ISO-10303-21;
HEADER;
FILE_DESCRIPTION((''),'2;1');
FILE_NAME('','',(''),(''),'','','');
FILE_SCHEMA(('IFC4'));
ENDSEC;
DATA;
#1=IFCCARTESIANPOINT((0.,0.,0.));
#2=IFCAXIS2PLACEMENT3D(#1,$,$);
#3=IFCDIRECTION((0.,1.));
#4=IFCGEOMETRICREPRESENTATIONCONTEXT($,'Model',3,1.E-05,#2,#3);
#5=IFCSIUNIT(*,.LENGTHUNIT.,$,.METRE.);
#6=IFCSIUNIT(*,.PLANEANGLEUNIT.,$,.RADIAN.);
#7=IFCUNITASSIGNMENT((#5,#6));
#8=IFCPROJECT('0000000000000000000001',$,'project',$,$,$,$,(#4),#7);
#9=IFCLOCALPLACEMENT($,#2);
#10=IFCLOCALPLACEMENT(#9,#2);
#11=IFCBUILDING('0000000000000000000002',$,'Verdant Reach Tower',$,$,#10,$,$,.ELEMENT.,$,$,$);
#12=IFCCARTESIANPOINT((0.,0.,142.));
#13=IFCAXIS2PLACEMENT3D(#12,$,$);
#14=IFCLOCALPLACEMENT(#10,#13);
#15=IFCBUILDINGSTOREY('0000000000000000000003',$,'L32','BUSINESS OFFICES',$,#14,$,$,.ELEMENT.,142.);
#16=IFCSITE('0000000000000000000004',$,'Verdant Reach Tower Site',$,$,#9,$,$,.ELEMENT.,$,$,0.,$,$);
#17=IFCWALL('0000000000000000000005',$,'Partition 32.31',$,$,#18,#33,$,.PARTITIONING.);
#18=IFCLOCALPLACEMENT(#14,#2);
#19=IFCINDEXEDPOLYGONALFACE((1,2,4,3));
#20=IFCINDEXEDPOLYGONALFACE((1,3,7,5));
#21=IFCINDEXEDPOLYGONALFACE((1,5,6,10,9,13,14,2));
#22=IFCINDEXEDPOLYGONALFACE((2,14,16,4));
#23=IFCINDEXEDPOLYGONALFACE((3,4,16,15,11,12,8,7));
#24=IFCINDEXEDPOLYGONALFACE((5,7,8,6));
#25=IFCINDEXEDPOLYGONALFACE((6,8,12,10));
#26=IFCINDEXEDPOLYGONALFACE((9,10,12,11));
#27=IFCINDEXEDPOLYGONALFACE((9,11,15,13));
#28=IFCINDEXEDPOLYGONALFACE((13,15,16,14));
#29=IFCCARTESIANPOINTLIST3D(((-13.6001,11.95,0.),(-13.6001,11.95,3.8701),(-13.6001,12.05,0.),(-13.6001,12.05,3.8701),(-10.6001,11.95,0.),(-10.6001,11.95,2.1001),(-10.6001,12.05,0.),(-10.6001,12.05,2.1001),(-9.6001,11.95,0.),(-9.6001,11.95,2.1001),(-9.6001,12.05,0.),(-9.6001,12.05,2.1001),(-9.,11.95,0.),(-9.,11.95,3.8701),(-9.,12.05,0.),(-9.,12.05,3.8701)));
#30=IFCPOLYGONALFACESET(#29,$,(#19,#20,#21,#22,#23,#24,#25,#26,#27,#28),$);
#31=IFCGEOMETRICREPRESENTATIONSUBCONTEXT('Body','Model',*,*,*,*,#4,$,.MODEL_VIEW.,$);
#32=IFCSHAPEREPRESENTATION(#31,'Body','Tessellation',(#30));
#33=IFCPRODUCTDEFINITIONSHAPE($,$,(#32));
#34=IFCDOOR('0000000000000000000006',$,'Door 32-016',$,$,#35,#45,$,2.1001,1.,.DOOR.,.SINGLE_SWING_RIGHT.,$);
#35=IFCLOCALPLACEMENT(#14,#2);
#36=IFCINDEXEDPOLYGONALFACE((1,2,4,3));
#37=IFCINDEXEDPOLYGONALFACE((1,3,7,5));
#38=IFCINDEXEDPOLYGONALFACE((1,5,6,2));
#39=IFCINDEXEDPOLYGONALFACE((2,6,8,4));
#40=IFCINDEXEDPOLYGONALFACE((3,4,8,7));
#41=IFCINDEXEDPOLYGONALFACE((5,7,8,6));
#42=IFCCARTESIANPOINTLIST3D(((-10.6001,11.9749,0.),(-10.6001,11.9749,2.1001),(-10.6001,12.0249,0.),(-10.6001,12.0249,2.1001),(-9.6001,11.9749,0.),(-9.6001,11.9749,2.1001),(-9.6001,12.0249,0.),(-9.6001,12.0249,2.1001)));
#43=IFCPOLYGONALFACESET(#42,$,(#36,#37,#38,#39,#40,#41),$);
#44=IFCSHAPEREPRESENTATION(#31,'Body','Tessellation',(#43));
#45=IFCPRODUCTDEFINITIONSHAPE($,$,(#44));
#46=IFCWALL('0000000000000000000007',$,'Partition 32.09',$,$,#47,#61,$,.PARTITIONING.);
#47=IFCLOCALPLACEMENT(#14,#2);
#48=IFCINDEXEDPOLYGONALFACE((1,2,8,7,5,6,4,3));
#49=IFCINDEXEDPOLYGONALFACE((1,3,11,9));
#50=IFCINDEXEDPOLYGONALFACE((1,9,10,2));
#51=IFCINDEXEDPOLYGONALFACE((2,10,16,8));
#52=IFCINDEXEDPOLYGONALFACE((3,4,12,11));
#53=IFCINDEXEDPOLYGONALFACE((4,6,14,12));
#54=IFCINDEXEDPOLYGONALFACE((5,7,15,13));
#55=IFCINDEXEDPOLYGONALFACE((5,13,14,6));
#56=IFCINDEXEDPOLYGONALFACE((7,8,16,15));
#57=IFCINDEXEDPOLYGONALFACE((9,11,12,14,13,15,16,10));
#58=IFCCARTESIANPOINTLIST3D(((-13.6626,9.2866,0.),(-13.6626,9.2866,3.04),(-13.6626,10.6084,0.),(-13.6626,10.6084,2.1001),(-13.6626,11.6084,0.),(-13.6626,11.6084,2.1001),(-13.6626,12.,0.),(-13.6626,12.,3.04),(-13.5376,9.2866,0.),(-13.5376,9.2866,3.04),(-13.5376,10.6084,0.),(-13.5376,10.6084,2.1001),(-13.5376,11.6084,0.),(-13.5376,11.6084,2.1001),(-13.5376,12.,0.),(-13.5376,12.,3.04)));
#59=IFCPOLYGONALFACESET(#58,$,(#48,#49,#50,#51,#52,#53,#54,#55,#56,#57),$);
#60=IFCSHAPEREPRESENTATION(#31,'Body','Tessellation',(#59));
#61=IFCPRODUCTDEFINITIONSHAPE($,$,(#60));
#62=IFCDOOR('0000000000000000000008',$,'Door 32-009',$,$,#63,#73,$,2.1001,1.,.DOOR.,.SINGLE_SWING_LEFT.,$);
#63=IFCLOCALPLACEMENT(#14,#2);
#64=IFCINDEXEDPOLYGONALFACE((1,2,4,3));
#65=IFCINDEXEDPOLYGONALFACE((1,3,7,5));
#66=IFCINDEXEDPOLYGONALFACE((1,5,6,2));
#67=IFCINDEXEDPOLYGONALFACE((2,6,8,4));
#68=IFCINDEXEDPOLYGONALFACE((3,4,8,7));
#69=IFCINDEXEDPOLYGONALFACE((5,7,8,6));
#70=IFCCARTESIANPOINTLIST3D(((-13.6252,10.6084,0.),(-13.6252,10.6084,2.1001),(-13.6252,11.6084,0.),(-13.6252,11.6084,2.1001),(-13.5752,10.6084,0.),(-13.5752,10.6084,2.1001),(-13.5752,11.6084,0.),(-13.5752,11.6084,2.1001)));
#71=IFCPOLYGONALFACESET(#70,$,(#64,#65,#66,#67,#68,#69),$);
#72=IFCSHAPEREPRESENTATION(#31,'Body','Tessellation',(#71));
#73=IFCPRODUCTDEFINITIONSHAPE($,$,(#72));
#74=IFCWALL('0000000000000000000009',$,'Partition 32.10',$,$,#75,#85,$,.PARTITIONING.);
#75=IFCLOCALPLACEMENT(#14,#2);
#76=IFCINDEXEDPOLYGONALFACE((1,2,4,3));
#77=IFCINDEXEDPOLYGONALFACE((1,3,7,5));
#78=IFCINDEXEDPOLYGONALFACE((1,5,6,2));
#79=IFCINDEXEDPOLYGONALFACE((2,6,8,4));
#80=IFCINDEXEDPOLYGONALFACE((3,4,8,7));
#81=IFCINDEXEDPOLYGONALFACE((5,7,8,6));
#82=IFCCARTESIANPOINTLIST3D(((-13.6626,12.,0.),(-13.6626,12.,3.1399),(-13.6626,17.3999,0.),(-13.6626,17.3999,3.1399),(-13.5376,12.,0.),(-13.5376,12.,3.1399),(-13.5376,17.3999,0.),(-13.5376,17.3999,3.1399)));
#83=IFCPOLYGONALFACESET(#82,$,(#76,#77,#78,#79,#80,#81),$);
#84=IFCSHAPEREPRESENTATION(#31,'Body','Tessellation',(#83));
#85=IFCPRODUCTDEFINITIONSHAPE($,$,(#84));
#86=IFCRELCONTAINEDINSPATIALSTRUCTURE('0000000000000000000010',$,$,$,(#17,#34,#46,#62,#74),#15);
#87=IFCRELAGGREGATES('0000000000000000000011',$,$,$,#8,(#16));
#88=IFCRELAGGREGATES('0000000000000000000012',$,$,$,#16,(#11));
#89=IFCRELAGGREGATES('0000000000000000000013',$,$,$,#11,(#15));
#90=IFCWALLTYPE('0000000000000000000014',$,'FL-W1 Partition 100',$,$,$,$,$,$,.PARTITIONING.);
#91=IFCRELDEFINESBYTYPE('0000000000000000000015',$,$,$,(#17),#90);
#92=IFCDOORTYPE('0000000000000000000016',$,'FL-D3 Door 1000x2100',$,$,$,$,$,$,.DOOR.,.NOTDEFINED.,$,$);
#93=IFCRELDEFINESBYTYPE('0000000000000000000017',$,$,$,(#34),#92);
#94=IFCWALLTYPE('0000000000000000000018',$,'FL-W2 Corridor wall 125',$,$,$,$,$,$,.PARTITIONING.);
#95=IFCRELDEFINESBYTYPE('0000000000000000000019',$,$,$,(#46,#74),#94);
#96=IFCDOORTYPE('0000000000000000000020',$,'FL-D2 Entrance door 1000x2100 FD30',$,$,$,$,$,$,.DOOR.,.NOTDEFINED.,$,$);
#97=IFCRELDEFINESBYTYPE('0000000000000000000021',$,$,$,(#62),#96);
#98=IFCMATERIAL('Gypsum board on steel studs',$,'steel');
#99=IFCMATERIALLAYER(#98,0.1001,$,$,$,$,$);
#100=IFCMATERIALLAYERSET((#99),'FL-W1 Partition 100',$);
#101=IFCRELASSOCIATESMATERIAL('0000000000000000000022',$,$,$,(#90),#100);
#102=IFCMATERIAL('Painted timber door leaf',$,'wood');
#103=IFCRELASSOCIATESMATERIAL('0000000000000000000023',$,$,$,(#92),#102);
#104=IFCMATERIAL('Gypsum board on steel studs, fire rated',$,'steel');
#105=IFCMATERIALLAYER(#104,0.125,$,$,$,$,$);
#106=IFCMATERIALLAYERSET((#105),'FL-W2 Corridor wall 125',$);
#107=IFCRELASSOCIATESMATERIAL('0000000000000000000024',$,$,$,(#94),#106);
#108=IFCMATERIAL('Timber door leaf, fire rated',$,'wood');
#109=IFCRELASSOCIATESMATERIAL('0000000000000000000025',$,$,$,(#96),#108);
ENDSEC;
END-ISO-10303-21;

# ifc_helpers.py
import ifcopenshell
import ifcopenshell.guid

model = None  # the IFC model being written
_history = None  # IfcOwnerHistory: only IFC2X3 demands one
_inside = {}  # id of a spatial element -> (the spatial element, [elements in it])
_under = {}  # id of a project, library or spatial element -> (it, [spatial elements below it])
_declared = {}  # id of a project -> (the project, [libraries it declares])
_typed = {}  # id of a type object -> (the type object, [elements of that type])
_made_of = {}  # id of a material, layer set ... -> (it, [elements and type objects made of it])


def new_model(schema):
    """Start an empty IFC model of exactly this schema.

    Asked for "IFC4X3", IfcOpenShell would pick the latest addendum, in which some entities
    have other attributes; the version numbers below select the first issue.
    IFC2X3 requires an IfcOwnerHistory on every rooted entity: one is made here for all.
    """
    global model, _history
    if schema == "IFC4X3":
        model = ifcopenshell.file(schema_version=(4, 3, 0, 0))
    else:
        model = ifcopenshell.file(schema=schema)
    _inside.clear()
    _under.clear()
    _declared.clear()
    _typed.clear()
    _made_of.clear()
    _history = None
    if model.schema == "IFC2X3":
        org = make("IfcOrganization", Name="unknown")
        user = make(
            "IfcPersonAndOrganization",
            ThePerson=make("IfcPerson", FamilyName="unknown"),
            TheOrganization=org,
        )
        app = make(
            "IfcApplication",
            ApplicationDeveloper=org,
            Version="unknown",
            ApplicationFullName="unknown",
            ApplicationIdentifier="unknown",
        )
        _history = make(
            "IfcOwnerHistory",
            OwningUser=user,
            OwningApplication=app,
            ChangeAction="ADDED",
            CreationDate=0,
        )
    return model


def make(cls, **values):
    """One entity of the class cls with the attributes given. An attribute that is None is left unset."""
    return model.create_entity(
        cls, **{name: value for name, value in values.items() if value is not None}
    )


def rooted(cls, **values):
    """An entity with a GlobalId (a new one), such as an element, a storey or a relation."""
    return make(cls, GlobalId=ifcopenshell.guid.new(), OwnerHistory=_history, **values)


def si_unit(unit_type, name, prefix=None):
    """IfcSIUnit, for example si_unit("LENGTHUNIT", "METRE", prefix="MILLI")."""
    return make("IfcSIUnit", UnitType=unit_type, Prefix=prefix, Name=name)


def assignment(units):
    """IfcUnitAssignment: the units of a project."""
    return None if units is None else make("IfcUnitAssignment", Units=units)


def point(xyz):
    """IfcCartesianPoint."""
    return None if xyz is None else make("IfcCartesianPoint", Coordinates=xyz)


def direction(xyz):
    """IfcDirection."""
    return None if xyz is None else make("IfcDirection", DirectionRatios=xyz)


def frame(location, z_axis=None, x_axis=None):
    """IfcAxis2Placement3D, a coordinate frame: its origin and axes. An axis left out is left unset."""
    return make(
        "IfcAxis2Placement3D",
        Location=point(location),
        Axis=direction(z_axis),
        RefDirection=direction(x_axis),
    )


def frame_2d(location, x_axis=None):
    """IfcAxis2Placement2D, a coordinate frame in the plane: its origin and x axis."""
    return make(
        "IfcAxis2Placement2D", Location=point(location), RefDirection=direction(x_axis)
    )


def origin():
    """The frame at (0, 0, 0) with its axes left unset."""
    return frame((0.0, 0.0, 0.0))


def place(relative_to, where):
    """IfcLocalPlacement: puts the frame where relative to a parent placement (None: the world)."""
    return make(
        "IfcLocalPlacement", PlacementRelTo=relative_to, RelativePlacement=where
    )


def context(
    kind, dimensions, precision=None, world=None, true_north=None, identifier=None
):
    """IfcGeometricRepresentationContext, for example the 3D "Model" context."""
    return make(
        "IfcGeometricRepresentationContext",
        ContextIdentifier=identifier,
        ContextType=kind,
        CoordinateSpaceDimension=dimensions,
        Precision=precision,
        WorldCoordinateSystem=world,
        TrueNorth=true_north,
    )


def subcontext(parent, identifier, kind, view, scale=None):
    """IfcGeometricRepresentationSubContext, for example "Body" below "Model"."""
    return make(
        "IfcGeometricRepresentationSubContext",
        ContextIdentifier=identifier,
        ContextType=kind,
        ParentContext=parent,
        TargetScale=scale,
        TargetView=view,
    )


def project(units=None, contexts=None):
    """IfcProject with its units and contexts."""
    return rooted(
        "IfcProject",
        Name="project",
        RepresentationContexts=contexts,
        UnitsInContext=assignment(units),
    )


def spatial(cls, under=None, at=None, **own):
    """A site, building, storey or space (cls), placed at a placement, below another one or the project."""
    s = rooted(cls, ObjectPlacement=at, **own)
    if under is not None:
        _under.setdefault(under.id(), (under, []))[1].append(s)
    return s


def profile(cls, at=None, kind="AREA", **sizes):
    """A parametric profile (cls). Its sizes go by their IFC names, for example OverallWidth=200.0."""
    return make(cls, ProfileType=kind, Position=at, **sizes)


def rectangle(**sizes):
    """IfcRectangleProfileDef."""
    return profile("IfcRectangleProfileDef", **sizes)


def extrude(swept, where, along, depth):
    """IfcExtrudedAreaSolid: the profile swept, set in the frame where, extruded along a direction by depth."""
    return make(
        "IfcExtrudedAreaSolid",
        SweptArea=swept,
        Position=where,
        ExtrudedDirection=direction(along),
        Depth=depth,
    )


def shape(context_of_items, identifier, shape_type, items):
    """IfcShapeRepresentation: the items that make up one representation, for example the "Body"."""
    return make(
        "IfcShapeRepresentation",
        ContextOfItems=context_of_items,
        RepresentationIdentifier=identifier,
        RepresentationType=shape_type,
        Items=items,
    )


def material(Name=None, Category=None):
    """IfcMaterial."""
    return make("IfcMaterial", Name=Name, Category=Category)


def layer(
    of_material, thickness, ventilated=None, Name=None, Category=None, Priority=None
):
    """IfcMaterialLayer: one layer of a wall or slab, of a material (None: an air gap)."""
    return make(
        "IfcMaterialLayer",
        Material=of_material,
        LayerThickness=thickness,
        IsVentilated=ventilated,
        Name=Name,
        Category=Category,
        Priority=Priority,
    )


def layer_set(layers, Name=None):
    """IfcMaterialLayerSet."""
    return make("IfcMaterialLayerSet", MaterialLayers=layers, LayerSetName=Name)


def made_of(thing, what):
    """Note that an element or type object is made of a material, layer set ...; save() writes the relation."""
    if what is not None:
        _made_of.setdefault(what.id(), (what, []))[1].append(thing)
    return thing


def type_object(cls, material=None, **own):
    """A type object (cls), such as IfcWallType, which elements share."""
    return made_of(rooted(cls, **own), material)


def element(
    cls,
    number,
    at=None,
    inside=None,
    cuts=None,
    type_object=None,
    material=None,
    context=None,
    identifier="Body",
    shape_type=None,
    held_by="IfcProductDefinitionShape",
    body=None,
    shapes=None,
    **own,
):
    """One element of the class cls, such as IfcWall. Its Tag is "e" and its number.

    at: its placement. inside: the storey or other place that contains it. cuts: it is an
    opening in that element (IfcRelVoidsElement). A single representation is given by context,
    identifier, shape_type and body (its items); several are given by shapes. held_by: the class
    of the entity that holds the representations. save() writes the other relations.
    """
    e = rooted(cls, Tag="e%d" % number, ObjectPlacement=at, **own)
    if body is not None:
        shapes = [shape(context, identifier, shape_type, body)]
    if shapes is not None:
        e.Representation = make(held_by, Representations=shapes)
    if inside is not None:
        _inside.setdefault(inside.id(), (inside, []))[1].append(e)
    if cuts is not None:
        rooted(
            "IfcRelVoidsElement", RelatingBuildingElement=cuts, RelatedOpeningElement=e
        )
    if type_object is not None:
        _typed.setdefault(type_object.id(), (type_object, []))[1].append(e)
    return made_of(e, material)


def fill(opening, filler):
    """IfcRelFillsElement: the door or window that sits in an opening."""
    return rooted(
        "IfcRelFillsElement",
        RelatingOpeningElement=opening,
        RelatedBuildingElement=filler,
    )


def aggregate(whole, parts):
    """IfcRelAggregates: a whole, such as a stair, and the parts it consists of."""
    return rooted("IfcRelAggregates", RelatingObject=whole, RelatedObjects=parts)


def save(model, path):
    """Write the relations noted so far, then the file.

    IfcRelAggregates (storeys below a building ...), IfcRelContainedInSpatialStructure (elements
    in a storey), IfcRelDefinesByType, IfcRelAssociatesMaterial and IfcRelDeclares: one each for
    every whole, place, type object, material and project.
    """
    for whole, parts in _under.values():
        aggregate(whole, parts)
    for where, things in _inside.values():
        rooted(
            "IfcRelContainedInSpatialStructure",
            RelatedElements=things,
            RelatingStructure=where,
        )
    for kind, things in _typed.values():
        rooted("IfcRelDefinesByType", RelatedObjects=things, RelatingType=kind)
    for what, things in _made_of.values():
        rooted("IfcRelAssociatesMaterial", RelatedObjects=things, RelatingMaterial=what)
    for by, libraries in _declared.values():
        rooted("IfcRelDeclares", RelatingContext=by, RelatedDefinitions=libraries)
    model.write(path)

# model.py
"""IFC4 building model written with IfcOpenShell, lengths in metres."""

from ifc_helpers import new_model, si_unit, direction, frame, frame_2d, origin, place, context, subcontext, project, spatial, rectangle, extrude, material, layer, layer_set, type_object, element, fill, save


model = new_model("IFC4")

# Units and contexts
model_context = context("Model", 3, precision=1e-05, world=origin(), true_north=direction((0.0, 1.0)))
body_context = subcontext(model_context, "Body", "Model", "MODEL_VIEW")
ifc_project = project(units=[si_unit("LENGTHUNIT", "METRE"), si_unit("PLANEANGLEUNIT", "RADIAN")], contexts=[model_context])

# Site, building, storey
site_placement = place(None, origin())
site = spatial("IfcSite", under=ifc_project, at=site_placement, Name="Verdant Reach Tower Site", CompositionType="ELEMENT", RefElevation=0.0)
building_placement = place(site_placement, origin())
building = spatial("IfcBuilding", under=site, at=building_placement, Name="Verdant Reach Tower", CompositionType="ELEMENT")
storey_placement = place(building_placement, frame((0.0, 0.0, 142.0)))
storey = spatial("IfcBuildingStorey", under=building, at=storey_placement, Name="L32", Description="BUSINESS OFFICES", CompositionType="ELEMENT", Elevation=142.0)

# Walls, openings, doors
ifc_material_1 = material(Name="Gypsum board on steel studs", Category="steel")
ifc_layer_1 = layer(ifc_material_1, 0.1001)
ifc_layer_set_1 = layer_set([ifc_layer_1], Name="FL-W1 Partition 100")
wall_type_1 = type_object("IfcWallType", Name="FL-W1 Partition 100", PredefinedType="PARTITIONING", material=ifc_layer_set_1)
wall_1_placement = place(storey_placement, frame((-13.6001, 12.0, 0.0), z_axis=(0.0, 0.0, 1.0), x_axis=(1.0, 0.0, 0.0)))
wall_1 = element("IfcWall", 1, at=wall_1_placement, inside=storey, type_object=wall_type_1, Name="Partition 32.31", PredefinedType="PARTITIONING", context=body_context, shape_type="SweptSolid", body=[
    extrude(rectangle(XDim=4.6001, YDim=0.1001, at=frame_2d((2.3, 0.0))), origin(), (0.0, 0.0, 1.0), 3.8701),
])
opening_1_placement = place(wall_1_placement, frame((3.0, 0.0, 0.0)))
opening_1 = element("IfcOpeningElement", 2, at=opening_1_placement, cuts=wall_1, PredefinedType="OPENING", context=body_context, shape_type="SweptSolid", body=[
    extrude(rectangle(XDim=1.0, YDim=2.1001, at=frame_2d((0.5, 1.05))), frame((0.0, 0.0601, 0.0), z_axis=(0.0, -1.0, 0.0), x_axis=(1.0, 0.0, 0.0)), (0.0, 0.0, 1.0), 0.1201),
])
ifc_material_2 = material(Name="Painted timber door leaf", Category="wood")
door_type_1 = type_object("IfcDoorType", Name="FL-D3 Door 1000x2100", OperationType="NOTDEFINED", PredefinedType="DOOR", material=ifc_material_2)
door_1_placement = place(opening_1_placement, origin())
door_1 = element("IfcDoor", 3, at=door_1_placement, inside=storey, type_object=door_type_1, Name="Door 32-016", OperationType="SINGLE_SWING_RIGHT", OverallHeight=2.1001, OverallWidth=1.0, PredefinedType="DOOR", context=body_context, shape_type="SweptSolid", body=[
    extrude(rectangle(XDim=1.0, YDim=2.1001, at=frame_2d((0.5, 1.05))), frame((0.0, 0.0249, 0.0), z_axis=(0.0, -1.0, 0.0), x_axis=(1.0, 0.0, 0.0)), (0.0, 0.0, 1.0), 0.05),
])
fill(opening_1, door_1)
ifc_material_3 = material(Name="Gypsum board on steel studs, fire rated", Category="steel")
ifc_layer_2 = layer(ifc_material_3, 0.125)
ifc_layer_set_2 = layer_set([ifc_layer_2], Name="FL-W2 Corridor wall 125")
wall_type_2 = type_object("IfcWallType", Name="FL-W2 Corridor wall 125", PredefinedType="PARTITIONING", material=ifc_layer_set_2)
ifc_material_4 = material(Name="Timber door leaf, fire rated", Category="wood")
door_type_2 = type_object("IfcDoorType", Name="FL-D2 Entrance door 1000x2100 FD30", OperationType="NOTDEFINED", PredefinedType="DOOR", material=ifc_material_4)
wall_2_placement = place(storey_placement, frame((-13.6001, 12.0, 0.0), z_axis=(0.0, 0.0, 1.0), x_axis=(0.0, -1.0, 0.0)))
wall_2 = element("IfcWall", 4, at=wall_2_placement, inside=storey, type_object=wall_type_2, Name="Partition 32.09", PredefinedType="PARTITIONING", context=body_context, shape_type="SweptSolid", body=[
    extrude(rectangle(XDim=2.7134, YDim=0.125, at=frame_2d((1.3567, 0.0))), origin(), (0.0, 0.0, 1.0), 3.04),
])
opening_2_placement = place(wall_2_placement, frame((0.3916, 0.0, 0.0)))
opening_2 = element("IfcOpeningElement", 5, at=opening_2_placement, cuts=wall_2, PredefinedType="OPENING", context=body_context, shape_type="SweptSolid", body=[
    extrude(rectangle(XDim=1.0, YDim=2.1001, at=frame_2d((0.5, 1.05))), frame((0.0, 0.0725, 0.0), z_axis=(0.0, -1.0, 0.0), x_axis=(1.0, 0.0, 0.0)), (0.0, 0.0, 1.0), 0.145),
])
door_2_placement = place(opening_2_placement, origin())
door_2 = element("IfcDoor", 6, at=door_2_placement, inside=storey, type_object=door_type_2, Name="Door 32-009", OperationType="SINGLE_SWING_LEFT", OverallHeight=2.1001, OverallWidth=1.0, PredefinedType="DOOR", context=body_context, shape_type="SweptSolid", body=[
    extrude(rectangle(XDim=1.0, YDim=2.1001, at=frame_2d((0.5, 1.05))), frame((0.0, 0.0249, 0.0), z_axis=(0.0, -1.0, 0.0), x_axis=(1.0, 0.0, 0.0)), (0.0, 0.0, 1.0), 0.05),
])
fill(opening_2, door_2)

# Wall
wall_3_placement = place(storey_placement, frame((-13.6001, 12.0, 0.0), z_axis=(0.0, 0.0, 1.0), x_axis=(0.0, 1.0, 0.0)))
element("IfcWall", 7, at=wall_3_placement, inside=storey, type_object=wall_type_2, Name="Partition 32.10", PredefinedType="PARTITIONING", context=body_context, shape_type="SweptSolid", body=[
    extrude(rectangle(XDim=5.3999, YDim=0.125, at=frame_2d((2.7, 0.0))), origin(), (0.0, 0.0, 1.0), 3.1399),
])

save(model, "model.ifc")
